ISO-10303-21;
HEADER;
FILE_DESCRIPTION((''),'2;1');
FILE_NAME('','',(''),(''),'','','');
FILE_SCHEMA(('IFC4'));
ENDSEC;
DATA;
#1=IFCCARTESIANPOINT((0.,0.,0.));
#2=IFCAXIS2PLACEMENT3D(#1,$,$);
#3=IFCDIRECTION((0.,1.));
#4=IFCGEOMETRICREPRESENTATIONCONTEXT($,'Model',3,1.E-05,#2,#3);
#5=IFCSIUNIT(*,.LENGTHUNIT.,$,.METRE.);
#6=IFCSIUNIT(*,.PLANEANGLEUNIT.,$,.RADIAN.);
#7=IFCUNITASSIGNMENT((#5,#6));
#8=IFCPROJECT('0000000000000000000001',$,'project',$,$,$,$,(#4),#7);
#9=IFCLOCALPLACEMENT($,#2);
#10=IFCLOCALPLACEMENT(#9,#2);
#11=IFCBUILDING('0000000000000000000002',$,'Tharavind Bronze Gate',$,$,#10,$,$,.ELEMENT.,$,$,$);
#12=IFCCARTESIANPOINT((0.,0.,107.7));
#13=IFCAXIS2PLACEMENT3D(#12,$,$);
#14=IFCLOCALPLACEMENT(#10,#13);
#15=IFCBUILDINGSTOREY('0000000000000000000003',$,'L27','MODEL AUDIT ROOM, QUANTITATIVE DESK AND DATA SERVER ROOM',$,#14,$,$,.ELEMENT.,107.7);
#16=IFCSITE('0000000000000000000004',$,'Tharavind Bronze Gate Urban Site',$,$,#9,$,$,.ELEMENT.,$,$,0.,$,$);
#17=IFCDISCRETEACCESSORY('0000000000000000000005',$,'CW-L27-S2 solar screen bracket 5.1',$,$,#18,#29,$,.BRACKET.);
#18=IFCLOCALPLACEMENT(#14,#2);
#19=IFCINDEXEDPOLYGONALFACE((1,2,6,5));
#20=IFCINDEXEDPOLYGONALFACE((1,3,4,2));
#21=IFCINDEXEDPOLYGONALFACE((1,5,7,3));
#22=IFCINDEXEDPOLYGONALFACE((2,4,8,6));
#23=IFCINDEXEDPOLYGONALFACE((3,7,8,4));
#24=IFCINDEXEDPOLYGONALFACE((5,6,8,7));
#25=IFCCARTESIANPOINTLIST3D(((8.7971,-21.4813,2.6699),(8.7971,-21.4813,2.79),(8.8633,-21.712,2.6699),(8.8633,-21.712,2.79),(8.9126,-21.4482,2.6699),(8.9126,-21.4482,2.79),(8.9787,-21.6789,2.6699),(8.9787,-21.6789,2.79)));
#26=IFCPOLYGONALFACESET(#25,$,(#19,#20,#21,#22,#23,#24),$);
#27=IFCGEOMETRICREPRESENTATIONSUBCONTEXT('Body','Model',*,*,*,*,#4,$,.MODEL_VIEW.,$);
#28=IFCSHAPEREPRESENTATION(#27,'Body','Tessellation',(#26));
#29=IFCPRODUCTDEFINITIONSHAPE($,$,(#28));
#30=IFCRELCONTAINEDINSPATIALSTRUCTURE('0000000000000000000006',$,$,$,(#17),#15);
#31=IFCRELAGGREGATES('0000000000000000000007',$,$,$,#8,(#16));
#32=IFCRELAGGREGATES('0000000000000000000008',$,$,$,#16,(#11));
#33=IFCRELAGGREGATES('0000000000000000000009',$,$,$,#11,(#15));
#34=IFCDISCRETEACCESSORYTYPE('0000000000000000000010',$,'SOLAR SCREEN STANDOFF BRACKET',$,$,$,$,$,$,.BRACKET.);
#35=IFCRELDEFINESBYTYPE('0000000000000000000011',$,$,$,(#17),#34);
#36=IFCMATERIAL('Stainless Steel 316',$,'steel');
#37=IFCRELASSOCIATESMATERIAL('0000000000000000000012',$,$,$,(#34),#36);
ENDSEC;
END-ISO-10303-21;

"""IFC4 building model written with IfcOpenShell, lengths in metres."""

from ifc_helpers import new_model, si_unit, direction, frame, origin, origin_2d, place, context, subcontext, project, spatial, rectangle, extrude, material, type_object, element, save


model = new_model("IFC4")

# Units and contexts
model_context = context("Model", 3, precision=1e-05, world=origin(), true_north=direction((0.0, 1.0)))
body_context = subcontext(model_context, "Body", "Model", "MODEL_VIEW")
ifc_project = project(units=[si_unit("LENGTHUNIT", "METRE"), si_unit("PLANEANGLEUNIT", "RADIAN")], contexts=[model_context])

# Site, building, storey
site_placement = place(None, origin())
site = spatial("IfcSite", under=ifc_project, at=site_placement, Name="Tharavind Bronze Gate Urban Site", CompositionType="ELEMENT", RefElevation=0.0)
building_placement = place(site_placement, origin())
building = spatial("IfcBuilding", under=site, at=building_placement, Name="Tharavind Bronze Gate", CompositionType="ELEMENT")
storey_placement = place(building_placement, frame((0.0, 0.0, 107.7)))
storey = spatial("IfcBuildingStorey", under=building, at=storey_placement, Name="L27", Description="MODEL AUDIT ROOM, QUANTITATIVE DESK AND DATA SERVER ROOM", CompositionType="ELEMENT", Elevation=107.7)

# Discrete accessory
ifc_material_1 = material(Name="Stainless Steel 316", Category="steel")
discrete_accessory_type = type_object("IfcDiscreteAccessoryType", Name="SOLAR SCREEN STANDOFF BRACKET", PredefinedType="BRACKET", material=ifc_material_1)
for number, where, z_axis, x_axis, name in (
    (1, (8.8879, -21.5801, 2.6699), (0.0, 0.0, 1.0), (0.961262, 0.275637, 0.0), "CW-L27-S2 solar screen bracket 5.1"),
):
    element("IfcDiscreteAccessory", number, at=place(storey_placement, frame(where, z_axis=z_axis, x_axis=x_axis)), inside=storey, type_object=discrete_accessory_type, Name=name, PredefinedType="BRACKET", context=body_context, shape_type="SweptSolid", body=[
        extrude(rectangle(XDim=0.1201, YDim=0.24, at=origin_2d()), origin(), (0.0, 0.0, 1.0), 0.1201),
    ])

save(model, "model.ifc")
